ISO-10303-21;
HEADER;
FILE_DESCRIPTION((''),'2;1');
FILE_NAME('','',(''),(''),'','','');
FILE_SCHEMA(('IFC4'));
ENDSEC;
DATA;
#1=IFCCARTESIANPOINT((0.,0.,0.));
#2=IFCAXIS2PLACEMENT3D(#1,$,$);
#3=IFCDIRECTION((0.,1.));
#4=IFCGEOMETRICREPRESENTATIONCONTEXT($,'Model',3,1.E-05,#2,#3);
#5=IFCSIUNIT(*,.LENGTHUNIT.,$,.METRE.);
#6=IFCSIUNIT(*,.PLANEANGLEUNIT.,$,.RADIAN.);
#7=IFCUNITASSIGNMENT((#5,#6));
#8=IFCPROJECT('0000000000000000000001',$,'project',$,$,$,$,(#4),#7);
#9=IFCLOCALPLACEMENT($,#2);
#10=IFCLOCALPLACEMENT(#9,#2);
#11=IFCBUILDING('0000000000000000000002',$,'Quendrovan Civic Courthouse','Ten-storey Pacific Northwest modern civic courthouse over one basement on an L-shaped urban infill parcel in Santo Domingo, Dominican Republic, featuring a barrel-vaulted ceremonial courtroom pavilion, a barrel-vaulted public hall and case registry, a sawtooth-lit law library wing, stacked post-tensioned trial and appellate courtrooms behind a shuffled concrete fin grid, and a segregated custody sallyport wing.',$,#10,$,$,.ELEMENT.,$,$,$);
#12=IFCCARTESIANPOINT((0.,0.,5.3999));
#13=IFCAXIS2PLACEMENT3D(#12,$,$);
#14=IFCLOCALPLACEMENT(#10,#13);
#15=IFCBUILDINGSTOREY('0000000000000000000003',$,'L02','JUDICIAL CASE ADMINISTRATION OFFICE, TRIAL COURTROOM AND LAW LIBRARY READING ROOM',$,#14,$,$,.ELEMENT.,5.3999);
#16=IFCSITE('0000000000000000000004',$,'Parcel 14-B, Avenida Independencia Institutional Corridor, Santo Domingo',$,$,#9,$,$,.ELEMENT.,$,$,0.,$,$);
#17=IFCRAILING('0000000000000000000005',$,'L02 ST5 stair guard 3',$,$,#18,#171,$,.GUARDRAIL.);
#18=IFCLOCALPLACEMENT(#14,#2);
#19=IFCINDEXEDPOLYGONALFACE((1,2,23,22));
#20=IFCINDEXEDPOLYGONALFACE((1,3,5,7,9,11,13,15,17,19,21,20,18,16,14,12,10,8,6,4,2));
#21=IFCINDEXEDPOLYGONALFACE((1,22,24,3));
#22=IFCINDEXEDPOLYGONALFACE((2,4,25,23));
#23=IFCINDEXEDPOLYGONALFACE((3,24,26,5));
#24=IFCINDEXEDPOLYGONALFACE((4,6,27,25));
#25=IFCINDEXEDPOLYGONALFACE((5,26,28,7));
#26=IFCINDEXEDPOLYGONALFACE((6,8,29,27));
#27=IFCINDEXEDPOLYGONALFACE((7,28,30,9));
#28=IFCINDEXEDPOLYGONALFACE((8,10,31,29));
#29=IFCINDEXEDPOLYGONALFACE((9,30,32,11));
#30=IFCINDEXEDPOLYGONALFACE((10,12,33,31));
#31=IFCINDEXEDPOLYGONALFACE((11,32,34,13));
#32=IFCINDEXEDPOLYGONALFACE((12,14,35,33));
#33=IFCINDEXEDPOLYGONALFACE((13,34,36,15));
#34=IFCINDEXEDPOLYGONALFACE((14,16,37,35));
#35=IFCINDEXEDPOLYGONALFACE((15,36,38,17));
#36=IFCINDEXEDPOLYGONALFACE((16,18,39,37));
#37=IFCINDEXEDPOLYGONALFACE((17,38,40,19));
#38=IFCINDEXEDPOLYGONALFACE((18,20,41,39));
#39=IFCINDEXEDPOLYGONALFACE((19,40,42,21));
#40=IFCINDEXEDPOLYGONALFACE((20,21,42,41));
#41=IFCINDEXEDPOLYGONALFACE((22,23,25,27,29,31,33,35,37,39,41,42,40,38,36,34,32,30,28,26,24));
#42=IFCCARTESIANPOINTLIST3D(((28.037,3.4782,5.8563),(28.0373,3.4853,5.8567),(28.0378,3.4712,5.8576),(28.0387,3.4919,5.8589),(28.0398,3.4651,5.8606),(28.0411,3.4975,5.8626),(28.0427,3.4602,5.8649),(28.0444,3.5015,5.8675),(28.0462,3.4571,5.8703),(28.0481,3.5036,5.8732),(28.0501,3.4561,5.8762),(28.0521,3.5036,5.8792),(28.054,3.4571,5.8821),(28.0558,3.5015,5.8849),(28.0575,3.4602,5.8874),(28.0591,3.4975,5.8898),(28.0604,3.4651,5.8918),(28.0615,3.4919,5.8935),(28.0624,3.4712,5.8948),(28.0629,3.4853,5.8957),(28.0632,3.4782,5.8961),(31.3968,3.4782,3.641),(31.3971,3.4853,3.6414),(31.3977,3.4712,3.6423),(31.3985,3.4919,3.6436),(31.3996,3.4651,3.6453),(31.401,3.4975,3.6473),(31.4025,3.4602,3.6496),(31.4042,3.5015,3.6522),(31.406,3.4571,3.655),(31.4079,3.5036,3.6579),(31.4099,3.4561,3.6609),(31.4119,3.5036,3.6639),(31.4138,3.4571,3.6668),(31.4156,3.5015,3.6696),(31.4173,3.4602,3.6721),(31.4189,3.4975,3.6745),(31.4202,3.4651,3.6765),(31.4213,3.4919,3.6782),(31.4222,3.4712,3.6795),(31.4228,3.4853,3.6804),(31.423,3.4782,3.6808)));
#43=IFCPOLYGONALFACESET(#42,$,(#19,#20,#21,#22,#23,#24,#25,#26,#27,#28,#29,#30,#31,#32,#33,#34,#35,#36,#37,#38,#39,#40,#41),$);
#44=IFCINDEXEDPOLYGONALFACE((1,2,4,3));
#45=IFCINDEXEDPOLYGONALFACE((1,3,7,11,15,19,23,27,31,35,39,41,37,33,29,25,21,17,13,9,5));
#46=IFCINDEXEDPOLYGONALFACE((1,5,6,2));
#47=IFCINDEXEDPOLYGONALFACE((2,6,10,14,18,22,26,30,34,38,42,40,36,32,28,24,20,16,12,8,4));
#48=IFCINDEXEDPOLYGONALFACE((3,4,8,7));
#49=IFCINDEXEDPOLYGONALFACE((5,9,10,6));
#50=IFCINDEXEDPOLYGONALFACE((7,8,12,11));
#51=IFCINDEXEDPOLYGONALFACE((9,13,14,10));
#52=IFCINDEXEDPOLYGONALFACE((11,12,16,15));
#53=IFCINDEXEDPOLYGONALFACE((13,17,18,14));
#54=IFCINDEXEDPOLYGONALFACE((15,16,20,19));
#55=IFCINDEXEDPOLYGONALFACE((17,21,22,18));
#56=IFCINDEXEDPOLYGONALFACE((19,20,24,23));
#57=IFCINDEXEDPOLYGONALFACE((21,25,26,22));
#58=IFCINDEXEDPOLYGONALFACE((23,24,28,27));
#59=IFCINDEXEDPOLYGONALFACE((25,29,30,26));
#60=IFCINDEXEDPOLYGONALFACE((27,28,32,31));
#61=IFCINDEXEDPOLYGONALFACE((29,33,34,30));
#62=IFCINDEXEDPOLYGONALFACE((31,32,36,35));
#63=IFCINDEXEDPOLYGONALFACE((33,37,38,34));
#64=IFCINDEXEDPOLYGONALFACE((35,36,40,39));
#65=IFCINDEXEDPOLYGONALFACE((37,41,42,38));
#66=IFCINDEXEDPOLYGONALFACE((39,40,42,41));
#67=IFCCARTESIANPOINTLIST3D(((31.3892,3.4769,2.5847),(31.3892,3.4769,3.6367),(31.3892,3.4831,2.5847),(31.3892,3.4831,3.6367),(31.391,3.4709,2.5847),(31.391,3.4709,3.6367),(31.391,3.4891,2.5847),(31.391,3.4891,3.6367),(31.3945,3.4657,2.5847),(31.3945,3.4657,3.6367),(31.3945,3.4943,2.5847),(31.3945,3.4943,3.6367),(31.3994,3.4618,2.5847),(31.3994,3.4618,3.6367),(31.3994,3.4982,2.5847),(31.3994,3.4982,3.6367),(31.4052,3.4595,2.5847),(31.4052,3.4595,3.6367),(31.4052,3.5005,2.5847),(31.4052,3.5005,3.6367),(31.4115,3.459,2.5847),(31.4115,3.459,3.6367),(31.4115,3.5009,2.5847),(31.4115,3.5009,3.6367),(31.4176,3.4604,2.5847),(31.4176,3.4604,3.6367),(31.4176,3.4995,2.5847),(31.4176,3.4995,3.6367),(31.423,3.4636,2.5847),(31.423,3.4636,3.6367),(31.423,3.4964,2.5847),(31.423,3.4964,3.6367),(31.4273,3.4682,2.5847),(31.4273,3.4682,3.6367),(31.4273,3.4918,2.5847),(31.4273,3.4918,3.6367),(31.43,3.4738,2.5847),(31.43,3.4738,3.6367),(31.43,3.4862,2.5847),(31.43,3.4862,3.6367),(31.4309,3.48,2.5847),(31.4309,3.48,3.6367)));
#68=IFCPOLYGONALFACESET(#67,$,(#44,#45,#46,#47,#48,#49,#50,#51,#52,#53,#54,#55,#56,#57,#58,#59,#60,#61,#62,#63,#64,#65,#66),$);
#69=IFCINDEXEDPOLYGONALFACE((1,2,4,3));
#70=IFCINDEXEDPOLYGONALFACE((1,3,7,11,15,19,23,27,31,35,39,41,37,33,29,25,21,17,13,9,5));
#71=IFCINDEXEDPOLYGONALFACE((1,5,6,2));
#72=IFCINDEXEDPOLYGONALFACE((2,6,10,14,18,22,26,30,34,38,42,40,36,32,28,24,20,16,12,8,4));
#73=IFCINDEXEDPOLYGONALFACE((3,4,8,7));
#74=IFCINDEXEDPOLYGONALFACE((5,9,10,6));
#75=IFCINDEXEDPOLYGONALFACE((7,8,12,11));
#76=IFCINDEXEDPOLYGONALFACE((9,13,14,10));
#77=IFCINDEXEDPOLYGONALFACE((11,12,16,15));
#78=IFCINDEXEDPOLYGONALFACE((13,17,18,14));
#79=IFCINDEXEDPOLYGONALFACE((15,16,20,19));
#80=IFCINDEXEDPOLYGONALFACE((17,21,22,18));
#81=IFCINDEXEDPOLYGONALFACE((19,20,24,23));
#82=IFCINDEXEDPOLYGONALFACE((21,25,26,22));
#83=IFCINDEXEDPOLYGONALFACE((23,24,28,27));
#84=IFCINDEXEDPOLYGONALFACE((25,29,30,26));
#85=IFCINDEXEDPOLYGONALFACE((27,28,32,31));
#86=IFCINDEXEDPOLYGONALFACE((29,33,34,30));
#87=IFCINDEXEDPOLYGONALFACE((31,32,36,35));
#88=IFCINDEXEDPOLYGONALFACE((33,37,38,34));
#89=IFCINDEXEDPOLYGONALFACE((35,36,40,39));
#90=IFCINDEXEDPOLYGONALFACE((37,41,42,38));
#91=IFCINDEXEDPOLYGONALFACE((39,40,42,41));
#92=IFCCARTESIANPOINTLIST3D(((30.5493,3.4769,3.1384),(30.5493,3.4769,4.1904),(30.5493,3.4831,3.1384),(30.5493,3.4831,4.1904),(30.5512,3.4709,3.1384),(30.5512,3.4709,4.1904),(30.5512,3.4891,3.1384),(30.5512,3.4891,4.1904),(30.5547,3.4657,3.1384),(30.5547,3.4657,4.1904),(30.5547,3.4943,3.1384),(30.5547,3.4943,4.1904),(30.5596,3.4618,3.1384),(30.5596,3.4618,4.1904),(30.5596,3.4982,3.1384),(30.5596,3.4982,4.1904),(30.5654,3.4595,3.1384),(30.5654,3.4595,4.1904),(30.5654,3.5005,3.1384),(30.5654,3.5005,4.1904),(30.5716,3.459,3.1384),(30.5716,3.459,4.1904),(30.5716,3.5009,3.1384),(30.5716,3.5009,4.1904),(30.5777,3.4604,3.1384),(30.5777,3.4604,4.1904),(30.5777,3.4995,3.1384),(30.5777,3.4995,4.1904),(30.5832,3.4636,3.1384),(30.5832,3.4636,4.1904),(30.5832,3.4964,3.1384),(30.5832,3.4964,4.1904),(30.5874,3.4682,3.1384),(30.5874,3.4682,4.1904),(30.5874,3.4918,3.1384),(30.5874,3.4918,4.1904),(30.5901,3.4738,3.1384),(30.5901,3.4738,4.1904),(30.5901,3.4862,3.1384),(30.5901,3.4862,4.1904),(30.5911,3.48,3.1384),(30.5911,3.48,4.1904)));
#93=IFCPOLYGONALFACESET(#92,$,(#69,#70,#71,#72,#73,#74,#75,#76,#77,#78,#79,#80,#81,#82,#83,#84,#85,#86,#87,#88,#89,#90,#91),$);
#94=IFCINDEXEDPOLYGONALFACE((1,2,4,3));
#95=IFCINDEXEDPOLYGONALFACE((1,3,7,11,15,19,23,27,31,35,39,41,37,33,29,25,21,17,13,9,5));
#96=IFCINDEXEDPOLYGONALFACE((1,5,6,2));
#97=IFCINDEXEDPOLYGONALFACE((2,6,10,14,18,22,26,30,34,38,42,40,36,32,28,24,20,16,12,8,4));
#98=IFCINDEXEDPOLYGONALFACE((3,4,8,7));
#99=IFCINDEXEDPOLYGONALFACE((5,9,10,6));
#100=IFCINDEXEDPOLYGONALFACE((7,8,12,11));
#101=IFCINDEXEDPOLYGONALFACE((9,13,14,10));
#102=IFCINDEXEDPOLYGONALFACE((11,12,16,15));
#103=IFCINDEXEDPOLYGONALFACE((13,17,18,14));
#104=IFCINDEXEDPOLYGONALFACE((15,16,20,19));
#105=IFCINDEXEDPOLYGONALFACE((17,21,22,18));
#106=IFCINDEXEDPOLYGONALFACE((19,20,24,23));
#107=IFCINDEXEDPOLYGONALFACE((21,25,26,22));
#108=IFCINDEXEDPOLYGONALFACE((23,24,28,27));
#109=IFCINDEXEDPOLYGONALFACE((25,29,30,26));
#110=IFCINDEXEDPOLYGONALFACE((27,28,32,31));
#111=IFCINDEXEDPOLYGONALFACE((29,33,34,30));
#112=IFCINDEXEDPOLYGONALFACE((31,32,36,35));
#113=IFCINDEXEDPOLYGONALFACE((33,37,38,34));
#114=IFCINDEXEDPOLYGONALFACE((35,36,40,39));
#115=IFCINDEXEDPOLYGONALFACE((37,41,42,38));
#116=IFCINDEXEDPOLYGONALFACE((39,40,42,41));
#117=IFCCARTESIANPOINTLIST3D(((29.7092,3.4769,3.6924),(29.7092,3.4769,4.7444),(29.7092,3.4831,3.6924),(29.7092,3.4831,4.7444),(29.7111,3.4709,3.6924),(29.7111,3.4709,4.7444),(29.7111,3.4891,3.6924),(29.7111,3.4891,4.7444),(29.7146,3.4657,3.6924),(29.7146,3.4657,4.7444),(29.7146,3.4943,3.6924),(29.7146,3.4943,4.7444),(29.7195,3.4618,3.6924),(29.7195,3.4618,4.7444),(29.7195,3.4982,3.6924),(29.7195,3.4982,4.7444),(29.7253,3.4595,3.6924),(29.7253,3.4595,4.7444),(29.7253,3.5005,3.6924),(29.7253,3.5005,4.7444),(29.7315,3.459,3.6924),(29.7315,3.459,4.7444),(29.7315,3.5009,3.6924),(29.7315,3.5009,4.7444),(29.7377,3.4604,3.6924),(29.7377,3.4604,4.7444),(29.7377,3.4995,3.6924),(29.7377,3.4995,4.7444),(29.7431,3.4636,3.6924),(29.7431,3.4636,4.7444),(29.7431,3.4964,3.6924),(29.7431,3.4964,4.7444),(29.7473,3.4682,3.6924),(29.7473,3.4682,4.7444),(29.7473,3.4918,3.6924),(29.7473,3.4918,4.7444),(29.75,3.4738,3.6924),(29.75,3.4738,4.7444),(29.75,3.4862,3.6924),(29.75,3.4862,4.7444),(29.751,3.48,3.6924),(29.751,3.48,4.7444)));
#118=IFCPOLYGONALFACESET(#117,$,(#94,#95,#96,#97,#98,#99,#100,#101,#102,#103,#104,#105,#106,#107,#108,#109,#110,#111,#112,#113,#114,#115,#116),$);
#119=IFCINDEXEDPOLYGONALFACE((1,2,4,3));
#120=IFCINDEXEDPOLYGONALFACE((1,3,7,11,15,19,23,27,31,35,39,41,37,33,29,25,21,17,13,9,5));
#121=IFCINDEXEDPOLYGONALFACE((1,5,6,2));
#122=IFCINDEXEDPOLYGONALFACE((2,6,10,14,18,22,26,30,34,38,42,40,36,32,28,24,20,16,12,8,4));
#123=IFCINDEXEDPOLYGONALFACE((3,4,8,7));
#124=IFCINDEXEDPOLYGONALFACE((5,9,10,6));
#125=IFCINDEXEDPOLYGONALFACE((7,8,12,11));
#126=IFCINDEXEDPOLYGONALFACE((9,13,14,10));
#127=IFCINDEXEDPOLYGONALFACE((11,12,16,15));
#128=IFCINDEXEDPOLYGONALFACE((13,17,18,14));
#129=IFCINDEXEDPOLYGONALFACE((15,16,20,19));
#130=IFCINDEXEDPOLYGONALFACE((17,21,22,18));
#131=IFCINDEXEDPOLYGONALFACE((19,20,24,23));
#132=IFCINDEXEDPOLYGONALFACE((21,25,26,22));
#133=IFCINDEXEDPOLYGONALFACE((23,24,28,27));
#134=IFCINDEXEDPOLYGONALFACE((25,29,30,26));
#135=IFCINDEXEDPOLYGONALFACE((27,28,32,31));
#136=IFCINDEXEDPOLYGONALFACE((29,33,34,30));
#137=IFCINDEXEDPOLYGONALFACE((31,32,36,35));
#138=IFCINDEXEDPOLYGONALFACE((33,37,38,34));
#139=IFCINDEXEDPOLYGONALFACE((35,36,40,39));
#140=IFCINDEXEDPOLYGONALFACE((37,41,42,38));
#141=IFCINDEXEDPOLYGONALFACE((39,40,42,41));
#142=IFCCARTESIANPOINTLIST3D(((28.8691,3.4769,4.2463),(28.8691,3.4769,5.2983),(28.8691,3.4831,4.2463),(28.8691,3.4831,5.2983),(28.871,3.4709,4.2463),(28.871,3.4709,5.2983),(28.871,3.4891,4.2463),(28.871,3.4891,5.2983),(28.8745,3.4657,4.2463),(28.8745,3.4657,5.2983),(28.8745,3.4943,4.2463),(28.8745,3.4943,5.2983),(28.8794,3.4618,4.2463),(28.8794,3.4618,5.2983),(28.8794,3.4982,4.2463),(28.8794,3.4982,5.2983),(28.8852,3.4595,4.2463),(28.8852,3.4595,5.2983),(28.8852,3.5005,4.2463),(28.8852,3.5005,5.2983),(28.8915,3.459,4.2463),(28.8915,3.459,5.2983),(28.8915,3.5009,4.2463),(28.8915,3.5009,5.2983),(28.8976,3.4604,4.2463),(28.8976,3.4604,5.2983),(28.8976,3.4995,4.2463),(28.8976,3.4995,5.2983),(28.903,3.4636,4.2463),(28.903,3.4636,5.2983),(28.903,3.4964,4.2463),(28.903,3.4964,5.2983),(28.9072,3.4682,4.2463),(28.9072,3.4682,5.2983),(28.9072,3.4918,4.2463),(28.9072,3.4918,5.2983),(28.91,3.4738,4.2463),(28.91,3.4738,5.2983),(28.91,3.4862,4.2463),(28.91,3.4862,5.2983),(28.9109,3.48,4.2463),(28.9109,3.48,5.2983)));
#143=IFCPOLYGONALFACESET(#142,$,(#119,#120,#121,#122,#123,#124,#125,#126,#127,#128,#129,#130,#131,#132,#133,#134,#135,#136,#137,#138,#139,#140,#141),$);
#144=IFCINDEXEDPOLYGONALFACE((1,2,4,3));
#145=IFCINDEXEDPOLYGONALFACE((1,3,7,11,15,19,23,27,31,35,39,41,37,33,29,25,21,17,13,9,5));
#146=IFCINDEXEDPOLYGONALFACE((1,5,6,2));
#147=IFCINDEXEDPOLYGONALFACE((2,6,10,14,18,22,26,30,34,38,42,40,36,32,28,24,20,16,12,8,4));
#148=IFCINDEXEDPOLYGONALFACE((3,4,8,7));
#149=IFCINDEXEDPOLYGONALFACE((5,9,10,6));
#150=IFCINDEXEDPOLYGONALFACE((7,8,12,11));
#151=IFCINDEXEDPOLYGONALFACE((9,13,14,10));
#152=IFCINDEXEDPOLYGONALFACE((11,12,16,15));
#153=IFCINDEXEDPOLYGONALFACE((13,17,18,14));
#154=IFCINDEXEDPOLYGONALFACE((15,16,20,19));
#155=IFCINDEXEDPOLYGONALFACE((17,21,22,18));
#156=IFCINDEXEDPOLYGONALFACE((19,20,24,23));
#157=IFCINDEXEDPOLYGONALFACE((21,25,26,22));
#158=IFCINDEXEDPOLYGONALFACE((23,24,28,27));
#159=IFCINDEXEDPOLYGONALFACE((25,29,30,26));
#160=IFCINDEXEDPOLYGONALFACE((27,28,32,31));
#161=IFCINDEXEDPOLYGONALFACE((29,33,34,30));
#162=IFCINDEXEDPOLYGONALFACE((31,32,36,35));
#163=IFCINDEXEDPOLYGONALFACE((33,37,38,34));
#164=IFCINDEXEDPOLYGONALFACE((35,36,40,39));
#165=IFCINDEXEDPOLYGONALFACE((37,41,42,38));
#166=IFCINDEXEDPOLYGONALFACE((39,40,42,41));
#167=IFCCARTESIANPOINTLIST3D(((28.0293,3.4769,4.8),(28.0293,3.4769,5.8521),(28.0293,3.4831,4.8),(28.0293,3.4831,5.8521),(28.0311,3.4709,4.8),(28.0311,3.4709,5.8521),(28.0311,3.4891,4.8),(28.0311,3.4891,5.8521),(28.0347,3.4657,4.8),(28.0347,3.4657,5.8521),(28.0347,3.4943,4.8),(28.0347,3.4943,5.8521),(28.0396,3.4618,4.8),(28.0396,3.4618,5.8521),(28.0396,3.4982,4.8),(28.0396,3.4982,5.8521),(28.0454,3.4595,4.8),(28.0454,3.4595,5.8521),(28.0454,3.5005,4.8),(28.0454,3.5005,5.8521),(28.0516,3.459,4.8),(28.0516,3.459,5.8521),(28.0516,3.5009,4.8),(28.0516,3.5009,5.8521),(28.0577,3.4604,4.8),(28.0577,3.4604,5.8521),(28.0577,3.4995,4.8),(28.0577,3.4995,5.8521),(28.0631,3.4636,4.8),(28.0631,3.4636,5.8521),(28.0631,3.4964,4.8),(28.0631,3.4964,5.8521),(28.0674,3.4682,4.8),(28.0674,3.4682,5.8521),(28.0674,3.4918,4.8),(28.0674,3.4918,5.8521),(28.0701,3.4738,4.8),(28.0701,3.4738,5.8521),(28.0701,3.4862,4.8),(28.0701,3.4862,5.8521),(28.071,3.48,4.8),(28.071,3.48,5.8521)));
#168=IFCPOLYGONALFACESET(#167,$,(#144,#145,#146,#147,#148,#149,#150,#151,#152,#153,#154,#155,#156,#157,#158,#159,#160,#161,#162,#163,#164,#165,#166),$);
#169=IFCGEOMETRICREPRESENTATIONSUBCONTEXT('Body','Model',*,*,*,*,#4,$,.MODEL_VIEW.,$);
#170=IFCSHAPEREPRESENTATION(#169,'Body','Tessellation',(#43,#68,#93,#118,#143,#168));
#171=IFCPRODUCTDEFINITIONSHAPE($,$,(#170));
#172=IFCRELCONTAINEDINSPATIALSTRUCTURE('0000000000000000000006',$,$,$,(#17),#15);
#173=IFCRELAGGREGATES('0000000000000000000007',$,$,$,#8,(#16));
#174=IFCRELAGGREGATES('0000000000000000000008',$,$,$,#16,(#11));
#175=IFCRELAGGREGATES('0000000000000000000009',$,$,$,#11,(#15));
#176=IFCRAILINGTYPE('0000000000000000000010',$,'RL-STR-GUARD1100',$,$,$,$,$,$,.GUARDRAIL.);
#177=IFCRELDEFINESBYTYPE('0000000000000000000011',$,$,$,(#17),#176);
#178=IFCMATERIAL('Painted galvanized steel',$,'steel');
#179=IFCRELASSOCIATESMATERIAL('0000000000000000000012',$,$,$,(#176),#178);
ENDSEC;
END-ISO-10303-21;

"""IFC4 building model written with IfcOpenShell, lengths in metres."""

from ifc_helpers import new_model, si_unit, direction, frame, origin, origin_2d, place, context, subcontext, project, spatial, circle, extrude, material, type_object, element, save


model = new_model("IFC4")

# Units and contexts
model_context = context("Model", 3, precision=1e-05, world=origin(), true_north=direction((0.0, 1.0)))
body_context = subcontext(model_context, "Body", "Model", "MODEL_VIEW")
ifc_project = project(units=[si_unit("LENGTHUNIT", "METRE"), si_unit("PLANEANGLEUNIT", "RADIAN")], contexts=[model_context])

# Site, building, storey
site_placement = place(None, origin())
site = spatial("IfcSite", under=ifc_project, at=site_placement, Name="Parcel 14-B, Avenida Independencia Institutional Corridor, Santo Domingo", CompositionType="ELEMENT", RefElevation=0.0)
building_placement = place(site_placement, origin())
building = spatial("IfcBuilding", under=site, at=building_placement, Name="Quendrovan Civic Courthouse", Description="Ten-storey Pacific Northwest modern civic courthouse over one basement on an L-shaped urban infill parcel in Santo Domingo, Dominican Republic, featuring a barrel-vaulted ceremonial courtroom pavilion, a barrel-vaulted public hall and case registry, a sawtooth-lit law library wing, stacked post-tensioned trial and appellate courtrooms behind a shuffled concrete fin grid, and a segregated custody sallyport wing.", CompositionType="ELEMENT")
storey_placement = place(building_placement, frame((0.0, 0.0, 5.3999)))
storey = spatial("IfcBuildingStorey", under=building, at=storey_placement, Name="L02", Description="JUDICIAL CASE ADMINISTRATION OFFICE, TRIAL COURTROOM AND LAW LIBRARY READING ROOM", CompositionType="ELEMENT", Elevation=5.3999)

# Railing
ifc_material_1 = material(Name="Painted galvanized steel", Category="steel")
railing_type_1 = type_object("IfcRailingType", Name="RL-STR-GUARD1100", PredefinedType="GUARDRAIL", material=ifc_material_1)
railing_1_placement = place(storey_placement, frame((31.4099, 3.48, 2.5847)))
element("IfcRailing", 1, at=railing_1_placement, inside=storey, type_object=railing_type_1, Name="L02 ST5 stair guard 3", PredefinedType="GUARDRAIL", context=body_context, shape_type="SweptSolid", body=[
    extrude(circle(Radius=0.0239, at=origin_2d()), frame((0.0, 0.0, 1.0762), z_axis=(-0.834858, 0.0, 0.550465), x_axis=(0.0, -1.0, 0.0)), (0.0, 0.0, 1.0), 4.0244),
    extrude(circle(Radius=0.021, at=origin_2d()), origin(), (0.0, 0.0, 1.0), 1.052),
    extrude(circle(Radius=0.021, at=origin_2d()), frame((-0.8398, 0.0, 0.5537)), (0.0, 0.0, 1.0), 1.052),
    extrude(circle(Radius=0.021, at=origin_2d()), frame((-1.6799, 0.0, 1.1077)), (0.0, 0.0, 1.0), 1.052),
    extrude(circle(Radius=0.021, at=origin_2d()), frame((-2.52, 0.0, 1.6616)), (0.0, 0.0, 1.0), 1.052),
    extrude(circle(Radius=0.021, at=origin_2d()), frame((-3.3599, 0.0, 2.2153)), (0.0, 0.0, 1.0), 1.052),
])

save(model, "model.ifc")
